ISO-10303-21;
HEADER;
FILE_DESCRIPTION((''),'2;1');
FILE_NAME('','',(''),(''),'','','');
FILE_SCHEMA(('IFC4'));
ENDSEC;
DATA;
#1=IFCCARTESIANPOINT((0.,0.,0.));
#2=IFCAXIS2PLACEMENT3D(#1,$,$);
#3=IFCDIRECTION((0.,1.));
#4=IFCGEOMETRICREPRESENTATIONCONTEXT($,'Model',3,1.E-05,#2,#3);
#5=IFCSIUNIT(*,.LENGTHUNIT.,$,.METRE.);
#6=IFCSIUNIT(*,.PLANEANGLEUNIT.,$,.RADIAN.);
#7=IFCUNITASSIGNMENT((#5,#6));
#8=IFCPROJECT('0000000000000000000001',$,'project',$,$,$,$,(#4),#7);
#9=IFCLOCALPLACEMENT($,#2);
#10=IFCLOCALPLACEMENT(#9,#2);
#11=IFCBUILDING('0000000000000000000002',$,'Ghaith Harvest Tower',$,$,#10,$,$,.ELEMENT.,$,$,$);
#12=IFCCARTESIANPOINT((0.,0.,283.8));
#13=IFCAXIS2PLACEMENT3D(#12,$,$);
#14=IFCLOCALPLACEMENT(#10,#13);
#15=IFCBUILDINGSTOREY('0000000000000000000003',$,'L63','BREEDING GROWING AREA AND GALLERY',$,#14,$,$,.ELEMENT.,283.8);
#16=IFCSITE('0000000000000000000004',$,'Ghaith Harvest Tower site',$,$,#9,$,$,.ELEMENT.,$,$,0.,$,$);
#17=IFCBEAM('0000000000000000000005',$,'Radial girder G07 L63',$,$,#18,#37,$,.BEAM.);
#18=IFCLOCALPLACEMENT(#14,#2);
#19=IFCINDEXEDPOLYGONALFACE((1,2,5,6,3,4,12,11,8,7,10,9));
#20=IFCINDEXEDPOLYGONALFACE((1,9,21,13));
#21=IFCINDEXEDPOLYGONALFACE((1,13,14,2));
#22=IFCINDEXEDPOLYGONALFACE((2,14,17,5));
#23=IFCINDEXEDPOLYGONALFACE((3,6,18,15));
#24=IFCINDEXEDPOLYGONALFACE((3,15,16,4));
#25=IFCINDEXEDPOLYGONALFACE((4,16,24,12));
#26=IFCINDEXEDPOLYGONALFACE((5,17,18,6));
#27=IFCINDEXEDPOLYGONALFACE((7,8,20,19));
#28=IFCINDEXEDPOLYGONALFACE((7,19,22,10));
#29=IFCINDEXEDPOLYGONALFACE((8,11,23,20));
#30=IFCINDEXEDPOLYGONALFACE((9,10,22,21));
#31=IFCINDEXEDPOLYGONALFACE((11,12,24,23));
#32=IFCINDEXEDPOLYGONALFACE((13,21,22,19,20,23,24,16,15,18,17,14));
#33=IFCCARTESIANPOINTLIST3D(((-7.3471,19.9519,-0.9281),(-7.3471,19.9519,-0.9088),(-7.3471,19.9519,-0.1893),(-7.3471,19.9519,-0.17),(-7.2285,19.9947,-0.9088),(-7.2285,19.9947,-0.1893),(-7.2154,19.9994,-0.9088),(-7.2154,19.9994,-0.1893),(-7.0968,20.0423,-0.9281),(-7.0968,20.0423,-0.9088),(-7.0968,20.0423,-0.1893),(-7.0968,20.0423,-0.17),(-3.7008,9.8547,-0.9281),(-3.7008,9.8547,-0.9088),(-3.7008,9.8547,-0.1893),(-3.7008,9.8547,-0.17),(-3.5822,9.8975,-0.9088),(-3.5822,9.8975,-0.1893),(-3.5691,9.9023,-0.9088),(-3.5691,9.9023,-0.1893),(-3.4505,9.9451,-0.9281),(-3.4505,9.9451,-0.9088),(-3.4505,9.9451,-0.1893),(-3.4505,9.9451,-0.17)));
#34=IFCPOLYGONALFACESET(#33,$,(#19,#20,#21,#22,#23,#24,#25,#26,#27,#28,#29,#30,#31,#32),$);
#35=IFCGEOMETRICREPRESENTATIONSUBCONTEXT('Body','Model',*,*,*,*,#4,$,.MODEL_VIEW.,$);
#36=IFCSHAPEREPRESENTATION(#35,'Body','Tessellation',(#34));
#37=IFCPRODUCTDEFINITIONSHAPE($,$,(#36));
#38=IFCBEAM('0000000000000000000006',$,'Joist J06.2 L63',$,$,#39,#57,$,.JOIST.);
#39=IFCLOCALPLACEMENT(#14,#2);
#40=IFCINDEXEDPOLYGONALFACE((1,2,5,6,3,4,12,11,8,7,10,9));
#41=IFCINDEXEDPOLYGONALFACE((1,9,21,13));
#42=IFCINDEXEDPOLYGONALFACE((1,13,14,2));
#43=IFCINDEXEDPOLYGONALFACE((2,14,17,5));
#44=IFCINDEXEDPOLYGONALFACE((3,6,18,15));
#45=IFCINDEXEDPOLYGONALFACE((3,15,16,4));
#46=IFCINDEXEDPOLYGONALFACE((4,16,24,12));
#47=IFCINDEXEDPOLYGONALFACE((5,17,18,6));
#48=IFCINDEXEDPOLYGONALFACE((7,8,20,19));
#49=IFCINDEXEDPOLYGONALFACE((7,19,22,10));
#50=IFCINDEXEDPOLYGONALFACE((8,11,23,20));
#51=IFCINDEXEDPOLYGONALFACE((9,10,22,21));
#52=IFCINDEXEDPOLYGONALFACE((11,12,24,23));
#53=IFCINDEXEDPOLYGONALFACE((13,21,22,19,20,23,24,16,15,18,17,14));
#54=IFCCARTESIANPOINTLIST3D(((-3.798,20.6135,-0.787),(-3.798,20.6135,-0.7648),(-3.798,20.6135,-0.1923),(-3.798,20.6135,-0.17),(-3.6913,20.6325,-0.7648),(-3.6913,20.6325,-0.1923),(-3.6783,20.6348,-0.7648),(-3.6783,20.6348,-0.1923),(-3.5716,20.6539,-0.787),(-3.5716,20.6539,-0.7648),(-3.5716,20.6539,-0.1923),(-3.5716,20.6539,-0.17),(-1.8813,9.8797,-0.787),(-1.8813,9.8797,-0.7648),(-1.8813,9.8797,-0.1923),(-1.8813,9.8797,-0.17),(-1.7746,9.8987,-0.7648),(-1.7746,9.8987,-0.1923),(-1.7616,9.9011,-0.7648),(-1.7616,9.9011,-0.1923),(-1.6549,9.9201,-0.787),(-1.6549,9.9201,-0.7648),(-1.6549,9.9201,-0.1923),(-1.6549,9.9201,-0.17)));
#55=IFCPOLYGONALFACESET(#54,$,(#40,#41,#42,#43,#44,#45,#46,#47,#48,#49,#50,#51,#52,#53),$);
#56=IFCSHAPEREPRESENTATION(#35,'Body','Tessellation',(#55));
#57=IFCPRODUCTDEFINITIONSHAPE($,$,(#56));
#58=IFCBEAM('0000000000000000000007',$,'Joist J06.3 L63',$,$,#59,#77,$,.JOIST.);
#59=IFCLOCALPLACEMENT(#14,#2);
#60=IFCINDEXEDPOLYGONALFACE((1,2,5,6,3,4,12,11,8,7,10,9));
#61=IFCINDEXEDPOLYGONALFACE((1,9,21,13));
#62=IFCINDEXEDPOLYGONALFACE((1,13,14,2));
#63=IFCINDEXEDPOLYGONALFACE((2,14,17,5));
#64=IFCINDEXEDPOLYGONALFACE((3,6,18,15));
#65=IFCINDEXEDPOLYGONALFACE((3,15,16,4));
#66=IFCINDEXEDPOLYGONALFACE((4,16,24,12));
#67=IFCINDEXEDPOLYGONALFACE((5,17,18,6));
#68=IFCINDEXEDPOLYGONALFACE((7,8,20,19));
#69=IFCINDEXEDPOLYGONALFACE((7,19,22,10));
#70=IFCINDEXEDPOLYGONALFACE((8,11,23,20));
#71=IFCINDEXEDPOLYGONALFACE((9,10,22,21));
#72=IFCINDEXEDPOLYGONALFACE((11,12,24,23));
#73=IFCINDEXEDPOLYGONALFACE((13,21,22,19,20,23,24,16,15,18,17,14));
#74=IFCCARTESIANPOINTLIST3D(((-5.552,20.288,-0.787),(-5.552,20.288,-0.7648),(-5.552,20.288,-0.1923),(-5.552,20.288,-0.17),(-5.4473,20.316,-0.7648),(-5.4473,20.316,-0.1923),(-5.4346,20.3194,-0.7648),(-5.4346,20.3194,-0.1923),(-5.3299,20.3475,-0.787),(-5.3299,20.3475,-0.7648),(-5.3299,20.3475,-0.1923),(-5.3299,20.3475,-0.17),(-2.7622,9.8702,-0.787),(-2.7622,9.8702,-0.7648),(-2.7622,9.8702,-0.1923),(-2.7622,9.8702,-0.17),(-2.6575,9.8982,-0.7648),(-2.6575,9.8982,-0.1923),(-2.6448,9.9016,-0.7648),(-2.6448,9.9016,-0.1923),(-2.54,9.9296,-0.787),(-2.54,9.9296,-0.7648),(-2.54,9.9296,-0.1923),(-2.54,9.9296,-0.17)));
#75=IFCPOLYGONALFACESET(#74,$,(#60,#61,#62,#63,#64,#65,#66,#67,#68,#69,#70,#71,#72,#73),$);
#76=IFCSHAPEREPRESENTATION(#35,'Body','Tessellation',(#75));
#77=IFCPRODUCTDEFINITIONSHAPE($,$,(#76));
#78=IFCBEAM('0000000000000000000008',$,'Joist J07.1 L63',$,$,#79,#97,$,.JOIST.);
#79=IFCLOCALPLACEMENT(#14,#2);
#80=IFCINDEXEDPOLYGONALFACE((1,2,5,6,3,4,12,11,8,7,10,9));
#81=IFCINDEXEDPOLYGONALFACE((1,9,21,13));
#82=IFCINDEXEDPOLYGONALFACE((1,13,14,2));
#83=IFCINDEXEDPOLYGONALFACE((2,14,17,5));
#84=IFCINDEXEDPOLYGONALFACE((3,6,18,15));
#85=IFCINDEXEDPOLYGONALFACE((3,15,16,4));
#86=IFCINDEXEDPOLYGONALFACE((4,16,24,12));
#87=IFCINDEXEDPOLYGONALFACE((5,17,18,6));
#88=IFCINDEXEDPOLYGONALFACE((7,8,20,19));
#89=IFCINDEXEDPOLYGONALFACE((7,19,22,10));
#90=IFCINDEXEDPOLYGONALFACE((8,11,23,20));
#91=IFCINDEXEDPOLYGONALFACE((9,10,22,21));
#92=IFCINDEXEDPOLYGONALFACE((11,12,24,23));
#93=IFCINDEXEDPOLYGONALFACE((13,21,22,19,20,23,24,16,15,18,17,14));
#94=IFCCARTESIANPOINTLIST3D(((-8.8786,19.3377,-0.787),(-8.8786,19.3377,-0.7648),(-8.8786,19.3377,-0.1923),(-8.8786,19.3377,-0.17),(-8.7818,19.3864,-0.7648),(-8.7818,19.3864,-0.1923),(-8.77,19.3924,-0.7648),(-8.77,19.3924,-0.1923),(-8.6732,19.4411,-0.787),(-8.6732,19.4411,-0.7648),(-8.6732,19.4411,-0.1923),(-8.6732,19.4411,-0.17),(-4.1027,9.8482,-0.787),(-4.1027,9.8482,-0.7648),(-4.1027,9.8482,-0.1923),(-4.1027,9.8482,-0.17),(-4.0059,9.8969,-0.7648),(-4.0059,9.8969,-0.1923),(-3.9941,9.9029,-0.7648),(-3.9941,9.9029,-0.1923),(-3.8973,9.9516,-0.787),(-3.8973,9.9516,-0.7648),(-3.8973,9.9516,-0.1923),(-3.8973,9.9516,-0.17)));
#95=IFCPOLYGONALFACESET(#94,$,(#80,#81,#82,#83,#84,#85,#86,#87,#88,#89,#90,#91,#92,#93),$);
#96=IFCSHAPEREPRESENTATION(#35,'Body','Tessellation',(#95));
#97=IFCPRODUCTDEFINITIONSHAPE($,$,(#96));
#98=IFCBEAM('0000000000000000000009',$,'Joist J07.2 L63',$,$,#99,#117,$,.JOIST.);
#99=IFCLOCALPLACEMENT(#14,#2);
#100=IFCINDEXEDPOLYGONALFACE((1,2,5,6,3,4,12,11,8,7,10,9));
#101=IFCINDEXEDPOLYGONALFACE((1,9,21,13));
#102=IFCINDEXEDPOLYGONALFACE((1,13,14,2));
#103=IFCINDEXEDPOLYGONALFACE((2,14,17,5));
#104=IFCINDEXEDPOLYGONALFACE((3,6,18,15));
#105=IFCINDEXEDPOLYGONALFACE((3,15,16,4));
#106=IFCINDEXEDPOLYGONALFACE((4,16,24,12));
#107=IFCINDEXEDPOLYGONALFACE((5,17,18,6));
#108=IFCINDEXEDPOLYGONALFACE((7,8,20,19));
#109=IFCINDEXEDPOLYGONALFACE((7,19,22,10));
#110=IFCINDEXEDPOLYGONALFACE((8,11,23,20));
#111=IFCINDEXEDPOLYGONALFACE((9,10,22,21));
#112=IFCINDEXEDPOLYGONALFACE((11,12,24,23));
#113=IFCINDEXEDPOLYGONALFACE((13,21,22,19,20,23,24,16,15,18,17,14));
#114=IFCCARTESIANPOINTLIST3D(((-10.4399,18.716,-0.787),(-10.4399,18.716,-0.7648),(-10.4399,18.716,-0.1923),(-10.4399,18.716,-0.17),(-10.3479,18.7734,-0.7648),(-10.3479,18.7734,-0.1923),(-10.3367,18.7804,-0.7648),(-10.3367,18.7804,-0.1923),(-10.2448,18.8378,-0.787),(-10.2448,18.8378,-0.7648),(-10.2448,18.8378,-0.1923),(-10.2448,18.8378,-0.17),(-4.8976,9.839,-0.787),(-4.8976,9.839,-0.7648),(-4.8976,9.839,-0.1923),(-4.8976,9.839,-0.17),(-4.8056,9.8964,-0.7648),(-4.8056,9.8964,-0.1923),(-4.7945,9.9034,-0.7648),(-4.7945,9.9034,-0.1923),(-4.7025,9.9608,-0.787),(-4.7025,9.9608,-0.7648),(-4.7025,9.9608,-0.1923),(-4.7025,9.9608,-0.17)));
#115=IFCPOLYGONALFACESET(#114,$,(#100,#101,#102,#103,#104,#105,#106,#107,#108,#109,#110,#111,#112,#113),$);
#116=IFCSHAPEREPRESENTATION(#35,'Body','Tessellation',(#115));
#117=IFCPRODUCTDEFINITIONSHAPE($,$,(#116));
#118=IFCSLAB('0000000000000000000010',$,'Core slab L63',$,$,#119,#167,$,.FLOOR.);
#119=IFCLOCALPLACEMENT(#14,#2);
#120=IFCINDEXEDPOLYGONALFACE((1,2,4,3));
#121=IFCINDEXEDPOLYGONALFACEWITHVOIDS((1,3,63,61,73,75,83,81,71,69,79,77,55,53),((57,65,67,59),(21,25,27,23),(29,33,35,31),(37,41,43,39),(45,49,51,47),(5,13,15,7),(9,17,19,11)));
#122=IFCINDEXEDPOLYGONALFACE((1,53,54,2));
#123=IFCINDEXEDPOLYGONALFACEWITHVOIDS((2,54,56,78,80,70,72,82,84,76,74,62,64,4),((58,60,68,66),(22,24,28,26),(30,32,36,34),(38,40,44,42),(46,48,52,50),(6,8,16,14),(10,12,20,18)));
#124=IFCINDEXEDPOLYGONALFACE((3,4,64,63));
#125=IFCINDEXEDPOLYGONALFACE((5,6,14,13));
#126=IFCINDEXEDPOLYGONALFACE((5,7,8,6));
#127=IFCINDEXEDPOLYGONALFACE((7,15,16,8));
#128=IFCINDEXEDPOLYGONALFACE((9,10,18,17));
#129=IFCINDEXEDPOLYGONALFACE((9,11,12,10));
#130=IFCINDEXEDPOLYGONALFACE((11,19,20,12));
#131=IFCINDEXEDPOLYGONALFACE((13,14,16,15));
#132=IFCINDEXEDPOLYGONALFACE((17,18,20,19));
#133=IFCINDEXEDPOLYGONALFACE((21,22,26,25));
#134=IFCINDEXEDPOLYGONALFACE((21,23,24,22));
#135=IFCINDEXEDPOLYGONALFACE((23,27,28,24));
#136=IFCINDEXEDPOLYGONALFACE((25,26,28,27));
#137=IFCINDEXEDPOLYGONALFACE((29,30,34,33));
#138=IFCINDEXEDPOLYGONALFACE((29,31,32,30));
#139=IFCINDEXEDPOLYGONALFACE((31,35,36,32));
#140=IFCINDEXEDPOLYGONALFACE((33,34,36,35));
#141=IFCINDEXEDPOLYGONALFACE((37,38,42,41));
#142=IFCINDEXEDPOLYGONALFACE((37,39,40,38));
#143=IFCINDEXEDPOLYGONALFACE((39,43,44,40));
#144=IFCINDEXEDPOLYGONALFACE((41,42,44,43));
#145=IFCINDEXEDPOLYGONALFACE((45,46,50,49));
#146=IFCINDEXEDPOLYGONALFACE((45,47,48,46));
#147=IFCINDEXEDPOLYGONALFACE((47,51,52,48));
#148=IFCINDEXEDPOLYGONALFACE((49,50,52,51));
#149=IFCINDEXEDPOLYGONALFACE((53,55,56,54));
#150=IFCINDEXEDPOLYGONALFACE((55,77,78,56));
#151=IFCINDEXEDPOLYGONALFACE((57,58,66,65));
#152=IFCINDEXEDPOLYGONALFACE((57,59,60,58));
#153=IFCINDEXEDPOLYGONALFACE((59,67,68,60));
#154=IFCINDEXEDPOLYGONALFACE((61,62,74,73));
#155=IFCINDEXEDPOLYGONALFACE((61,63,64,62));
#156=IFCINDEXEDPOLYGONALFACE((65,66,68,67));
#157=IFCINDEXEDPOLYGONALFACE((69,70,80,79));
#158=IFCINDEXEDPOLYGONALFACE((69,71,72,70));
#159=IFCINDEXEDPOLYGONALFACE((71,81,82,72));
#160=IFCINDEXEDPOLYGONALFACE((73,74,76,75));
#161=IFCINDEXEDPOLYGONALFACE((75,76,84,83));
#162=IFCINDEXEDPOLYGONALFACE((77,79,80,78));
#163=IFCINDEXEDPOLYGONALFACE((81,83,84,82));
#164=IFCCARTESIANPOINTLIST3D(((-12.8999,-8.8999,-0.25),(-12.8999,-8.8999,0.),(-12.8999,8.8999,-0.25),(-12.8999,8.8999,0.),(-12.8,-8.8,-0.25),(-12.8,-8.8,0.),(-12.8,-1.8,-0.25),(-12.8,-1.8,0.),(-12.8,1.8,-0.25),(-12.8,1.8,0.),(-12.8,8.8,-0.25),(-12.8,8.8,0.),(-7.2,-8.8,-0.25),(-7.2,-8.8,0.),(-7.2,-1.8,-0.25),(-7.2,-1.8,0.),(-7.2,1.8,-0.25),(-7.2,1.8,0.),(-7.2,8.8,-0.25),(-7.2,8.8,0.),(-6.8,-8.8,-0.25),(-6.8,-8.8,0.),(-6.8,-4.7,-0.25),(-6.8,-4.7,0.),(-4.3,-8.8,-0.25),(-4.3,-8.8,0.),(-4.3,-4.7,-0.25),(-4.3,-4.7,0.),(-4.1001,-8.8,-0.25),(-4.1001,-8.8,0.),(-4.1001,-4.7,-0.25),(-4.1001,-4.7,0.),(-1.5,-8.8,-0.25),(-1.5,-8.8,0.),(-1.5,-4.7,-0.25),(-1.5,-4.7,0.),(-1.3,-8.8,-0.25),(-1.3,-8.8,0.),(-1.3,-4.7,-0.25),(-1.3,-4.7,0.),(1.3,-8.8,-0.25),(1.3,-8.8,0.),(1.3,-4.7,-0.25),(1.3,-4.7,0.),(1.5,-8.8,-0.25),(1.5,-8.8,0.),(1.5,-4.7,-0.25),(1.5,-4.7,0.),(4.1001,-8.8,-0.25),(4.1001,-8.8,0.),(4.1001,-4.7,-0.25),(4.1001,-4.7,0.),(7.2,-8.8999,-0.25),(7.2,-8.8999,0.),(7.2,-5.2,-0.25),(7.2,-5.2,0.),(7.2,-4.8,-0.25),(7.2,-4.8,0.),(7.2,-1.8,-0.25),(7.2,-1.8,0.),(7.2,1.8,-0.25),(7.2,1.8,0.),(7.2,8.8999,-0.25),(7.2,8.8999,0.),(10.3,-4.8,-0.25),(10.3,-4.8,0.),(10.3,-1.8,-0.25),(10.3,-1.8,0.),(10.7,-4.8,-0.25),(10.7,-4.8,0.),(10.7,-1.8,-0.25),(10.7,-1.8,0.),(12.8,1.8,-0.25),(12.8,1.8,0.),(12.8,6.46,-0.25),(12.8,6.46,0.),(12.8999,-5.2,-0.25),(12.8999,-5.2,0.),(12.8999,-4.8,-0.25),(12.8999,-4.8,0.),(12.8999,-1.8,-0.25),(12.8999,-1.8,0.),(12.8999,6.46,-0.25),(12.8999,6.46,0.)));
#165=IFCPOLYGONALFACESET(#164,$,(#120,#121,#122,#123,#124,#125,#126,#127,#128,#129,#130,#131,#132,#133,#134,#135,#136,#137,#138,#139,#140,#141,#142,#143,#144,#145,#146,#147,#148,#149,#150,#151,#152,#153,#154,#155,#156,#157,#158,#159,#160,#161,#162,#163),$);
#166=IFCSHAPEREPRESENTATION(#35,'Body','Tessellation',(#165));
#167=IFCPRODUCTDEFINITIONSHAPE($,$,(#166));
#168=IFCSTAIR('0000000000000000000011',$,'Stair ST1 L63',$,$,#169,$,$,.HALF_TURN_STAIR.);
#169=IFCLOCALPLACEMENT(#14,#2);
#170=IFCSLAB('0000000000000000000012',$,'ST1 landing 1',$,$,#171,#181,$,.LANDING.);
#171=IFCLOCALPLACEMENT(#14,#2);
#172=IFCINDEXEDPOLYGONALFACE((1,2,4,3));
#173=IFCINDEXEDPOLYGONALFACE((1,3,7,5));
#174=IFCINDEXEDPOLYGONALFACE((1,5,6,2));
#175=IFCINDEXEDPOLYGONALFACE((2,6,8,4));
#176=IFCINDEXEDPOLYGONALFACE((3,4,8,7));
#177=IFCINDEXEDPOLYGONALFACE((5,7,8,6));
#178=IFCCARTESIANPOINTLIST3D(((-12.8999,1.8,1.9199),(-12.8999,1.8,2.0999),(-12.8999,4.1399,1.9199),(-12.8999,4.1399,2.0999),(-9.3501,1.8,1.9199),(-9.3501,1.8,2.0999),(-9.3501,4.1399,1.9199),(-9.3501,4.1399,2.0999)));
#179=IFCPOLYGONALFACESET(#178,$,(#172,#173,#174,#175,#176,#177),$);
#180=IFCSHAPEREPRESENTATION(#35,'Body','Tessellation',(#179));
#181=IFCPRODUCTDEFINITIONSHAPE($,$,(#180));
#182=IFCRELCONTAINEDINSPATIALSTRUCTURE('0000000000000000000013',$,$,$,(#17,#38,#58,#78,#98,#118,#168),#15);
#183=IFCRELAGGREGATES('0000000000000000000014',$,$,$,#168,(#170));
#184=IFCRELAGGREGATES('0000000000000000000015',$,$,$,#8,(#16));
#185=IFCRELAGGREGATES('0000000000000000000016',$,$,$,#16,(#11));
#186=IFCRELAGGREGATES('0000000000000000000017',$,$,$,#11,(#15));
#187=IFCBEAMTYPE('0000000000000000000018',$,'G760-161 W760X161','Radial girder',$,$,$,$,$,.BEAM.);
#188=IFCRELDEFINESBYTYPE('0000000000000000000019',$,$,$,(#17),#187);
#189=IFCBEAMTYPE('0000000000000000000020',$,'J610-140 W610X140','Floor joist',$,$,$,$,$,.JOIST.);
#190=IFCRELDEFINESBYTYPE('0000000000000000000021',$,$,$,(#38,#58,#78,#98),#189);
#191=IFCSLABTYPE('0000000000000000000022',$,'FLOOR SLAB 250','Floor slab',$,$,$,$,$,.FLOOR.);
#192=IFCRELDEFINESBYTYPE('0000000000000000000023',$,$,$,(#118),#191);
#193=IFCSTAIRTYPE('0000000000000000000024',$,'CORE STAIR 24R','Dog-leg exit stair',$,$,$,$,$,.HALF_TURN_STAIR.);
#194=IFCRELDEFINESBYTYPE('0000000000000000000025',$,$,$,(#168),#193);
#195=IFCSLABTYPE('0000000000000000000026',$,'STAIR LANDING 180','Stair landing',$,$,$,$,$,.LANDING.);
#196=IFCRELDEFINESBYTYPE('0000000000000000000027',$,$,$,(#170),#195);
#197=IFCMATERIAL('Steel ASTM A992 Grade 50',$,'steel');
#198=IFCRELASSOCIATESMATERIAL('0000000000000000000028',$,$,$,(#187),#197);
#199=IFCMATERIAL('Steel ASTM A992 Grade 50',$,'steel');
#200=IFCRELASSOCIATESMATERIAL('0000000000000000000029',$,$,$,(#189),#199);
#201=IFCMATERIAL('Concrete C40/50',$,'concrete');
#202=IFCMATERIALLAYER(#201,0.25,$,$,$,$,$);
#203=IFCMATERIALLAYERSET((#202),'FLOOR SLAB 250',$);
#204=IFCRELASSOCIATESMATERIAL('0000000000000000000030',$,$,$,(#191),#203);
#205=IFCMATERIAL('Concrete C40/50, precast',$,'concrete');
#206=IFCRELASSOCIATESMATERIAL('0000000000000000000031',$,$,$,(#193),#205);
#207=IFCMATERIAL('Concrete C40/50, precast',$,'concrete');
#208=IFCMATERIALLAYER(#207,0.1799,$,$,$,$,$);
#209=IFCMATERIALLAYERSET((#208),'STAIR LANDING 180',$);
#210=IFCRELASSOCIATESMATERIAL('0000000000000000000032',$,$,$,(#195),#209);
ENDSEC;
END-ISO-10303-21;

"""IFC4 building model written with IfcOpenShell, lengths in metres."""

from ifc_helpers import new_model, si_unit, direction, frame, origin, origin_2d, place, context, subcontext, project, spatial, polyline, i_section, outline, extrude, material, layer, layer_set, material_profile, profile_set, type_object, element, aggregate, save


model = new_model("IFC4")

# Units and contexts
model_context = context("Model", 3, precision=1e-05, world=origin(), true_north=direction((0.0, 1.0)))
body_context = subcontext(model_context, "Body", "Model", "MODEL_VIEW")
ifc_project = project(units=[si_unit("LENGTHUNIT", "METRE"), si_unit("PLANEANGLEUNIT", "RADIAN")], contexts=[model_context])

# Site, building, storey
site_placement = place(None, origin())
site = spatial("IfcSite", under=ifc_project, at=site_placement, Name="Ghaith Harvest Tower site", CompositionType="ELEMENT", RefElevation=0.0)
building_placement = place(site_placement, origin())
building = spatial("IfcBuilding", under=site, at=building_placement, Name="Ghaith Harvest Tower", CompositionType="ELEMENT")
storey_placement = place(building_placement, frame((0.0, 0.0, 283.8)))
storey = spatial("IfcBuildingStorey", under=building, at=storey_placement, Name="L63", Description="BREEDING GROWING AREA AND GALLERY", CompositionType="ELEMENT", Elevation=283.8)

# Beams
ifc_material_1 = material(Name="Steel ASTM A992 Grade 50", Category="steel")
ifc_material_profile_1 = material_profile(ifc_material_1, i_section(OverallWidth=0.2661, OverallDepth=0.7581, WebThickness=0.0139, FlangeThickness=0.0193, at=origin_2d()), Name="W760X161")
ifc_profile_set_1 = profile_set([ifc_material_profile_1], Name="Steel ASTM A992 Grade 50")
beam_type_1 = type_object("IfcBeamType", Name="G760-161 W760X161", Description="Radial girder", PredefinedType="BEAM", material=ifc_profile_set_1)
beam_1_placement = place(storey_placement, frame((-3.5757, 9.8999, -0.5491), z_axis=(-0.339648, 0.940553, 0.0), x_axis=(-0.940553, -0.339648, 0.0)))
element("IfcBeam", 1, at=beam_1_placement, inside=storey, type_object=beam_type_1, Name="Radial girder G07 L63", PredefinedType="BEAM", context=body_context, shape_type="SweptSolid", body=[
    extrude(i_section(OverallWidth=0.2661, OverallDepth=0.7581, WebThickness=0.0139, FlangeThickness=0.0193, at=origin_2d()), origin(), (0.0, 0.0, 1.0), 10.7354),
])
ifc_material_2 = material(Name="Steel ASTM A992 Grade 50", Category="steel")
ifc_material_profile_2 = material_profile(ifc_material_2, i_section(OverallWidth=0.23, OverallDepth=0.6169, WebThickness=0.0132, FlangeThickness=0.0222, at=origin_2d()), Name="W610X140")
ifc_profile_set_2 = profile_set([ifc_material_profile_2], Name="Steel ASTM A992 Grade 50")
beam_type_2 = type_object("IfcBeamType", Name="J610-140 W610X140", Description="Floor joist", PredefinedType="JOIST", material=ifc_profile_set_2)
beam_2_placement = place(storey_placement, frame((-1.7681, 9.8999, -0.4785), z_axis=(-0.175789, 0.984428, 0.0), x_axis=(-0.984428, -0.175789, 0.0)))
element("IfcBeam", 2, at=beam_2_placement, inside=storey, type_object=beam_type_2, Name="Joist J06.2 L63", PredefinedType="JOIST", context=body_context, shape_type="SweptSolid", body=[
    extrude(i_section(OverallWidth=0.23, OverallDepth=0.6169, WebThickness=0.0132, FlangeThickness=0.0222, at=origin_2d()), origin(), (0.0, 0.0, 1.0), 10.9036),
])
beam_3_placement = place(storey_placement, frame((-2.6511, 9.8999, -0.4785), z_axis=(-0.258678, 0.965964, 0.0), x_axis=(-0.965964, -0.258678, 0.0)))
element("IfcBeam", 3, at=beam_3_placement, inside=storey, type_object=beam_type_2, Name="Joist J06.3 L63", PredefinedType="JOIST", context=body_context, shape_type="SweptSolid", body=[
    extrude(i_section(OverallWidth=0.23, OverallDepth=0.6169, WebThickness=0.0132, FlangeThickness=0.0222, at=origin_2d()), origin(), (0.0, 0.0, 1.0), 10.7849),
])
beam_4_placement = place(storey_placement, frame((-4.0, 9.8999, -0.4785), z_axis=(-0.449556, 0.893252, 0.0), x_axis=(-0.893252, -0.449556, 0.0)))
element("IfcBeam", 4, at=beam_4_placement, inside=storey, type_object=beam_type_2, Name="Joist J07.1 L63", PredefinedType="JOIST", context=body_context, shape_type="SweptSolid", body=[
    extrude(i_section(OverallWidth=0.23, OverallDepth=0.6169, WebThickness=0.0132, FlangeThickness=0.0222, at=origin_2d()), origin(), (0.0, 0.0, 1.0), 10.6235),
])
beam_5_placement = place(storey_placement, frame((-4.8, 9.8999, -0.4785), z_axis=(-0.529596, 0.84825, 0.0), x_axis=(-0.84825, -0.529596, 0.0)))
element("IfcBeam", 5, at=beam_5_placement, inside=storey, type_object=beam_type_2, Name="Joist J07.2 L63", PredefinedType="JOIST", context=body_context, shape_type="SweptSolid", body=[
    extrude(i_section(OverallWidth=0.23, OverallDepth=0.6169, WebThickness=0.0132, FlangeThickness=0.0222, at=origin_2d()), origin(), (0.0, 0.0, 1.0), 10.4651),
])

# Slab
ifc_material_3 = material(Name="Concrete C40/50", Category="concrete")
ifc_layer_1 = layer(ifc_material_3, 0.25)
ifc_layer_set_1 = layer_set([ifc_layer_1], Name="FLOOR SLAB 250")
slab_type_1 = type_object("IfcSlabType", Name="FLOOR SLAB 250", Description="Floor slab", PredefinedType="FLOOR", material=ifc_layer_set_1)
slab_1_placement = place(storey_placement, frame((0.0, 0.0, -0.25)))
element("IfcSlab", 6, at=slab_1_placement, inside=storey, type_object=slab_type_1, Name="Core slab L63", PredefinedType="FLOOR", context=body_context, shape_type="SweptSolid", body=[
    extrude(outline(polyline([(-12.8999, 8.8999), (7.2, 8.8999), (7.2, 1.8), (12.8, 1.8), (12.8, 6.46), (12.8999, 6.46), (12.8999, -1.8), (10.7, -1.8), (10.7, -4.8), (12.8999, -4.8), (12.8999, -5.2), (7.2, -5.2), (7.2, -8.8999), (-12.8999, -8.8999), (-12.8999, 8.8999)]), holes=[polyline([(-4.3, -4.7), (-6.8, -4.7), (-6.8, -8.8), (-4.3, -8.8), (-4.3, -4.7)]), polyline([(-1.5, -4.7), (-4.1001, -4.7), (-4.1001, -8.8), (-1.5, -8.8), (-1.5, -4.7)]), polyline([(1.3, -8.8), (1.3, -4.7), (-1.3, -4.7), (-1.3, -8.8), (1.3, -8.8)]), polyline([(4.1001, -8.8), (4.1001, -4.7), (1.5, -4.7), (1.5, -8.8), (4.1001, -8.8)]), polyline([(-7.2, -1.8), (-12.8, -1.8), (-12.8, -8.8), (-7.2, -8.8), (-7.2, -1.8)]), polyline([(10.3, -1.8), (7.2, -1.8), (7.2, -4.8), (10.3, -4.8), (10.3, -1.8)]), polyline([(-12.8, 1.8), (-7.2, 1.8), (-7.2, 8.8), (-12.8, 8.8), (-12.8, 1.8)])]), origin(), (0.0, 0.0, 1.0), 0.25),
])

# Stair, slab
ifc_material_4 = material(Name="Concrete C40/50, precast", Category="concrete")
stair_type = type_object("IfcStairType", Name="CORE STAIR 24R", Description="Dog-leg exit stair", PredefinedType="HALF_TURN_STAIR", material=ifc_material_4)
stair_1_placement = place(storey_placement, origin())
stair_1 = element("IfcStair", 7, at=stair_1_placement, inside=storey, type_object=stair_type, Name="Stair ST1 L63", PredefinedType="HALF_TURN_STAIR")
ifc_material_5 = material(Name="Concrete C40/50, precast", Category="concrete")
ifc_layer_2 = layer(ifc_material_5, 0.1799)
ifc_layer_set_2 = layer_set([ifc_layer_2], Name="STAIR LANDING 180")
slab_type_2 = type_object("IfcSlabType", Name="STAIR LANDING 180", Description="Stair landing", PredefinedType="LANDING", material=ifc_layer_set_2)
slab_2_placement = place(storey_placement, frame((0.0, 0.0, 1.9199)))
slab_2 = element("IfcSlab", 8, at=slab_2_placement, type_object=slab_type_2, Name="ST1 landing 1", PredefinedType="LANDING", context=body_context, shape_type="SweptSolid", body=[
    extrude(outline(polyline([(-12.8999, 4.1399), (-12.8999, 1.8), (-9.3501, 1.8), (-9.3501, 4.1399), (-12.8999, 4.1399)])), origin(), (0.0, 0.0, 1.0), 0.1799),
])
aggregate(stair_1, [slab_2])

save(model, "model.ifc")
